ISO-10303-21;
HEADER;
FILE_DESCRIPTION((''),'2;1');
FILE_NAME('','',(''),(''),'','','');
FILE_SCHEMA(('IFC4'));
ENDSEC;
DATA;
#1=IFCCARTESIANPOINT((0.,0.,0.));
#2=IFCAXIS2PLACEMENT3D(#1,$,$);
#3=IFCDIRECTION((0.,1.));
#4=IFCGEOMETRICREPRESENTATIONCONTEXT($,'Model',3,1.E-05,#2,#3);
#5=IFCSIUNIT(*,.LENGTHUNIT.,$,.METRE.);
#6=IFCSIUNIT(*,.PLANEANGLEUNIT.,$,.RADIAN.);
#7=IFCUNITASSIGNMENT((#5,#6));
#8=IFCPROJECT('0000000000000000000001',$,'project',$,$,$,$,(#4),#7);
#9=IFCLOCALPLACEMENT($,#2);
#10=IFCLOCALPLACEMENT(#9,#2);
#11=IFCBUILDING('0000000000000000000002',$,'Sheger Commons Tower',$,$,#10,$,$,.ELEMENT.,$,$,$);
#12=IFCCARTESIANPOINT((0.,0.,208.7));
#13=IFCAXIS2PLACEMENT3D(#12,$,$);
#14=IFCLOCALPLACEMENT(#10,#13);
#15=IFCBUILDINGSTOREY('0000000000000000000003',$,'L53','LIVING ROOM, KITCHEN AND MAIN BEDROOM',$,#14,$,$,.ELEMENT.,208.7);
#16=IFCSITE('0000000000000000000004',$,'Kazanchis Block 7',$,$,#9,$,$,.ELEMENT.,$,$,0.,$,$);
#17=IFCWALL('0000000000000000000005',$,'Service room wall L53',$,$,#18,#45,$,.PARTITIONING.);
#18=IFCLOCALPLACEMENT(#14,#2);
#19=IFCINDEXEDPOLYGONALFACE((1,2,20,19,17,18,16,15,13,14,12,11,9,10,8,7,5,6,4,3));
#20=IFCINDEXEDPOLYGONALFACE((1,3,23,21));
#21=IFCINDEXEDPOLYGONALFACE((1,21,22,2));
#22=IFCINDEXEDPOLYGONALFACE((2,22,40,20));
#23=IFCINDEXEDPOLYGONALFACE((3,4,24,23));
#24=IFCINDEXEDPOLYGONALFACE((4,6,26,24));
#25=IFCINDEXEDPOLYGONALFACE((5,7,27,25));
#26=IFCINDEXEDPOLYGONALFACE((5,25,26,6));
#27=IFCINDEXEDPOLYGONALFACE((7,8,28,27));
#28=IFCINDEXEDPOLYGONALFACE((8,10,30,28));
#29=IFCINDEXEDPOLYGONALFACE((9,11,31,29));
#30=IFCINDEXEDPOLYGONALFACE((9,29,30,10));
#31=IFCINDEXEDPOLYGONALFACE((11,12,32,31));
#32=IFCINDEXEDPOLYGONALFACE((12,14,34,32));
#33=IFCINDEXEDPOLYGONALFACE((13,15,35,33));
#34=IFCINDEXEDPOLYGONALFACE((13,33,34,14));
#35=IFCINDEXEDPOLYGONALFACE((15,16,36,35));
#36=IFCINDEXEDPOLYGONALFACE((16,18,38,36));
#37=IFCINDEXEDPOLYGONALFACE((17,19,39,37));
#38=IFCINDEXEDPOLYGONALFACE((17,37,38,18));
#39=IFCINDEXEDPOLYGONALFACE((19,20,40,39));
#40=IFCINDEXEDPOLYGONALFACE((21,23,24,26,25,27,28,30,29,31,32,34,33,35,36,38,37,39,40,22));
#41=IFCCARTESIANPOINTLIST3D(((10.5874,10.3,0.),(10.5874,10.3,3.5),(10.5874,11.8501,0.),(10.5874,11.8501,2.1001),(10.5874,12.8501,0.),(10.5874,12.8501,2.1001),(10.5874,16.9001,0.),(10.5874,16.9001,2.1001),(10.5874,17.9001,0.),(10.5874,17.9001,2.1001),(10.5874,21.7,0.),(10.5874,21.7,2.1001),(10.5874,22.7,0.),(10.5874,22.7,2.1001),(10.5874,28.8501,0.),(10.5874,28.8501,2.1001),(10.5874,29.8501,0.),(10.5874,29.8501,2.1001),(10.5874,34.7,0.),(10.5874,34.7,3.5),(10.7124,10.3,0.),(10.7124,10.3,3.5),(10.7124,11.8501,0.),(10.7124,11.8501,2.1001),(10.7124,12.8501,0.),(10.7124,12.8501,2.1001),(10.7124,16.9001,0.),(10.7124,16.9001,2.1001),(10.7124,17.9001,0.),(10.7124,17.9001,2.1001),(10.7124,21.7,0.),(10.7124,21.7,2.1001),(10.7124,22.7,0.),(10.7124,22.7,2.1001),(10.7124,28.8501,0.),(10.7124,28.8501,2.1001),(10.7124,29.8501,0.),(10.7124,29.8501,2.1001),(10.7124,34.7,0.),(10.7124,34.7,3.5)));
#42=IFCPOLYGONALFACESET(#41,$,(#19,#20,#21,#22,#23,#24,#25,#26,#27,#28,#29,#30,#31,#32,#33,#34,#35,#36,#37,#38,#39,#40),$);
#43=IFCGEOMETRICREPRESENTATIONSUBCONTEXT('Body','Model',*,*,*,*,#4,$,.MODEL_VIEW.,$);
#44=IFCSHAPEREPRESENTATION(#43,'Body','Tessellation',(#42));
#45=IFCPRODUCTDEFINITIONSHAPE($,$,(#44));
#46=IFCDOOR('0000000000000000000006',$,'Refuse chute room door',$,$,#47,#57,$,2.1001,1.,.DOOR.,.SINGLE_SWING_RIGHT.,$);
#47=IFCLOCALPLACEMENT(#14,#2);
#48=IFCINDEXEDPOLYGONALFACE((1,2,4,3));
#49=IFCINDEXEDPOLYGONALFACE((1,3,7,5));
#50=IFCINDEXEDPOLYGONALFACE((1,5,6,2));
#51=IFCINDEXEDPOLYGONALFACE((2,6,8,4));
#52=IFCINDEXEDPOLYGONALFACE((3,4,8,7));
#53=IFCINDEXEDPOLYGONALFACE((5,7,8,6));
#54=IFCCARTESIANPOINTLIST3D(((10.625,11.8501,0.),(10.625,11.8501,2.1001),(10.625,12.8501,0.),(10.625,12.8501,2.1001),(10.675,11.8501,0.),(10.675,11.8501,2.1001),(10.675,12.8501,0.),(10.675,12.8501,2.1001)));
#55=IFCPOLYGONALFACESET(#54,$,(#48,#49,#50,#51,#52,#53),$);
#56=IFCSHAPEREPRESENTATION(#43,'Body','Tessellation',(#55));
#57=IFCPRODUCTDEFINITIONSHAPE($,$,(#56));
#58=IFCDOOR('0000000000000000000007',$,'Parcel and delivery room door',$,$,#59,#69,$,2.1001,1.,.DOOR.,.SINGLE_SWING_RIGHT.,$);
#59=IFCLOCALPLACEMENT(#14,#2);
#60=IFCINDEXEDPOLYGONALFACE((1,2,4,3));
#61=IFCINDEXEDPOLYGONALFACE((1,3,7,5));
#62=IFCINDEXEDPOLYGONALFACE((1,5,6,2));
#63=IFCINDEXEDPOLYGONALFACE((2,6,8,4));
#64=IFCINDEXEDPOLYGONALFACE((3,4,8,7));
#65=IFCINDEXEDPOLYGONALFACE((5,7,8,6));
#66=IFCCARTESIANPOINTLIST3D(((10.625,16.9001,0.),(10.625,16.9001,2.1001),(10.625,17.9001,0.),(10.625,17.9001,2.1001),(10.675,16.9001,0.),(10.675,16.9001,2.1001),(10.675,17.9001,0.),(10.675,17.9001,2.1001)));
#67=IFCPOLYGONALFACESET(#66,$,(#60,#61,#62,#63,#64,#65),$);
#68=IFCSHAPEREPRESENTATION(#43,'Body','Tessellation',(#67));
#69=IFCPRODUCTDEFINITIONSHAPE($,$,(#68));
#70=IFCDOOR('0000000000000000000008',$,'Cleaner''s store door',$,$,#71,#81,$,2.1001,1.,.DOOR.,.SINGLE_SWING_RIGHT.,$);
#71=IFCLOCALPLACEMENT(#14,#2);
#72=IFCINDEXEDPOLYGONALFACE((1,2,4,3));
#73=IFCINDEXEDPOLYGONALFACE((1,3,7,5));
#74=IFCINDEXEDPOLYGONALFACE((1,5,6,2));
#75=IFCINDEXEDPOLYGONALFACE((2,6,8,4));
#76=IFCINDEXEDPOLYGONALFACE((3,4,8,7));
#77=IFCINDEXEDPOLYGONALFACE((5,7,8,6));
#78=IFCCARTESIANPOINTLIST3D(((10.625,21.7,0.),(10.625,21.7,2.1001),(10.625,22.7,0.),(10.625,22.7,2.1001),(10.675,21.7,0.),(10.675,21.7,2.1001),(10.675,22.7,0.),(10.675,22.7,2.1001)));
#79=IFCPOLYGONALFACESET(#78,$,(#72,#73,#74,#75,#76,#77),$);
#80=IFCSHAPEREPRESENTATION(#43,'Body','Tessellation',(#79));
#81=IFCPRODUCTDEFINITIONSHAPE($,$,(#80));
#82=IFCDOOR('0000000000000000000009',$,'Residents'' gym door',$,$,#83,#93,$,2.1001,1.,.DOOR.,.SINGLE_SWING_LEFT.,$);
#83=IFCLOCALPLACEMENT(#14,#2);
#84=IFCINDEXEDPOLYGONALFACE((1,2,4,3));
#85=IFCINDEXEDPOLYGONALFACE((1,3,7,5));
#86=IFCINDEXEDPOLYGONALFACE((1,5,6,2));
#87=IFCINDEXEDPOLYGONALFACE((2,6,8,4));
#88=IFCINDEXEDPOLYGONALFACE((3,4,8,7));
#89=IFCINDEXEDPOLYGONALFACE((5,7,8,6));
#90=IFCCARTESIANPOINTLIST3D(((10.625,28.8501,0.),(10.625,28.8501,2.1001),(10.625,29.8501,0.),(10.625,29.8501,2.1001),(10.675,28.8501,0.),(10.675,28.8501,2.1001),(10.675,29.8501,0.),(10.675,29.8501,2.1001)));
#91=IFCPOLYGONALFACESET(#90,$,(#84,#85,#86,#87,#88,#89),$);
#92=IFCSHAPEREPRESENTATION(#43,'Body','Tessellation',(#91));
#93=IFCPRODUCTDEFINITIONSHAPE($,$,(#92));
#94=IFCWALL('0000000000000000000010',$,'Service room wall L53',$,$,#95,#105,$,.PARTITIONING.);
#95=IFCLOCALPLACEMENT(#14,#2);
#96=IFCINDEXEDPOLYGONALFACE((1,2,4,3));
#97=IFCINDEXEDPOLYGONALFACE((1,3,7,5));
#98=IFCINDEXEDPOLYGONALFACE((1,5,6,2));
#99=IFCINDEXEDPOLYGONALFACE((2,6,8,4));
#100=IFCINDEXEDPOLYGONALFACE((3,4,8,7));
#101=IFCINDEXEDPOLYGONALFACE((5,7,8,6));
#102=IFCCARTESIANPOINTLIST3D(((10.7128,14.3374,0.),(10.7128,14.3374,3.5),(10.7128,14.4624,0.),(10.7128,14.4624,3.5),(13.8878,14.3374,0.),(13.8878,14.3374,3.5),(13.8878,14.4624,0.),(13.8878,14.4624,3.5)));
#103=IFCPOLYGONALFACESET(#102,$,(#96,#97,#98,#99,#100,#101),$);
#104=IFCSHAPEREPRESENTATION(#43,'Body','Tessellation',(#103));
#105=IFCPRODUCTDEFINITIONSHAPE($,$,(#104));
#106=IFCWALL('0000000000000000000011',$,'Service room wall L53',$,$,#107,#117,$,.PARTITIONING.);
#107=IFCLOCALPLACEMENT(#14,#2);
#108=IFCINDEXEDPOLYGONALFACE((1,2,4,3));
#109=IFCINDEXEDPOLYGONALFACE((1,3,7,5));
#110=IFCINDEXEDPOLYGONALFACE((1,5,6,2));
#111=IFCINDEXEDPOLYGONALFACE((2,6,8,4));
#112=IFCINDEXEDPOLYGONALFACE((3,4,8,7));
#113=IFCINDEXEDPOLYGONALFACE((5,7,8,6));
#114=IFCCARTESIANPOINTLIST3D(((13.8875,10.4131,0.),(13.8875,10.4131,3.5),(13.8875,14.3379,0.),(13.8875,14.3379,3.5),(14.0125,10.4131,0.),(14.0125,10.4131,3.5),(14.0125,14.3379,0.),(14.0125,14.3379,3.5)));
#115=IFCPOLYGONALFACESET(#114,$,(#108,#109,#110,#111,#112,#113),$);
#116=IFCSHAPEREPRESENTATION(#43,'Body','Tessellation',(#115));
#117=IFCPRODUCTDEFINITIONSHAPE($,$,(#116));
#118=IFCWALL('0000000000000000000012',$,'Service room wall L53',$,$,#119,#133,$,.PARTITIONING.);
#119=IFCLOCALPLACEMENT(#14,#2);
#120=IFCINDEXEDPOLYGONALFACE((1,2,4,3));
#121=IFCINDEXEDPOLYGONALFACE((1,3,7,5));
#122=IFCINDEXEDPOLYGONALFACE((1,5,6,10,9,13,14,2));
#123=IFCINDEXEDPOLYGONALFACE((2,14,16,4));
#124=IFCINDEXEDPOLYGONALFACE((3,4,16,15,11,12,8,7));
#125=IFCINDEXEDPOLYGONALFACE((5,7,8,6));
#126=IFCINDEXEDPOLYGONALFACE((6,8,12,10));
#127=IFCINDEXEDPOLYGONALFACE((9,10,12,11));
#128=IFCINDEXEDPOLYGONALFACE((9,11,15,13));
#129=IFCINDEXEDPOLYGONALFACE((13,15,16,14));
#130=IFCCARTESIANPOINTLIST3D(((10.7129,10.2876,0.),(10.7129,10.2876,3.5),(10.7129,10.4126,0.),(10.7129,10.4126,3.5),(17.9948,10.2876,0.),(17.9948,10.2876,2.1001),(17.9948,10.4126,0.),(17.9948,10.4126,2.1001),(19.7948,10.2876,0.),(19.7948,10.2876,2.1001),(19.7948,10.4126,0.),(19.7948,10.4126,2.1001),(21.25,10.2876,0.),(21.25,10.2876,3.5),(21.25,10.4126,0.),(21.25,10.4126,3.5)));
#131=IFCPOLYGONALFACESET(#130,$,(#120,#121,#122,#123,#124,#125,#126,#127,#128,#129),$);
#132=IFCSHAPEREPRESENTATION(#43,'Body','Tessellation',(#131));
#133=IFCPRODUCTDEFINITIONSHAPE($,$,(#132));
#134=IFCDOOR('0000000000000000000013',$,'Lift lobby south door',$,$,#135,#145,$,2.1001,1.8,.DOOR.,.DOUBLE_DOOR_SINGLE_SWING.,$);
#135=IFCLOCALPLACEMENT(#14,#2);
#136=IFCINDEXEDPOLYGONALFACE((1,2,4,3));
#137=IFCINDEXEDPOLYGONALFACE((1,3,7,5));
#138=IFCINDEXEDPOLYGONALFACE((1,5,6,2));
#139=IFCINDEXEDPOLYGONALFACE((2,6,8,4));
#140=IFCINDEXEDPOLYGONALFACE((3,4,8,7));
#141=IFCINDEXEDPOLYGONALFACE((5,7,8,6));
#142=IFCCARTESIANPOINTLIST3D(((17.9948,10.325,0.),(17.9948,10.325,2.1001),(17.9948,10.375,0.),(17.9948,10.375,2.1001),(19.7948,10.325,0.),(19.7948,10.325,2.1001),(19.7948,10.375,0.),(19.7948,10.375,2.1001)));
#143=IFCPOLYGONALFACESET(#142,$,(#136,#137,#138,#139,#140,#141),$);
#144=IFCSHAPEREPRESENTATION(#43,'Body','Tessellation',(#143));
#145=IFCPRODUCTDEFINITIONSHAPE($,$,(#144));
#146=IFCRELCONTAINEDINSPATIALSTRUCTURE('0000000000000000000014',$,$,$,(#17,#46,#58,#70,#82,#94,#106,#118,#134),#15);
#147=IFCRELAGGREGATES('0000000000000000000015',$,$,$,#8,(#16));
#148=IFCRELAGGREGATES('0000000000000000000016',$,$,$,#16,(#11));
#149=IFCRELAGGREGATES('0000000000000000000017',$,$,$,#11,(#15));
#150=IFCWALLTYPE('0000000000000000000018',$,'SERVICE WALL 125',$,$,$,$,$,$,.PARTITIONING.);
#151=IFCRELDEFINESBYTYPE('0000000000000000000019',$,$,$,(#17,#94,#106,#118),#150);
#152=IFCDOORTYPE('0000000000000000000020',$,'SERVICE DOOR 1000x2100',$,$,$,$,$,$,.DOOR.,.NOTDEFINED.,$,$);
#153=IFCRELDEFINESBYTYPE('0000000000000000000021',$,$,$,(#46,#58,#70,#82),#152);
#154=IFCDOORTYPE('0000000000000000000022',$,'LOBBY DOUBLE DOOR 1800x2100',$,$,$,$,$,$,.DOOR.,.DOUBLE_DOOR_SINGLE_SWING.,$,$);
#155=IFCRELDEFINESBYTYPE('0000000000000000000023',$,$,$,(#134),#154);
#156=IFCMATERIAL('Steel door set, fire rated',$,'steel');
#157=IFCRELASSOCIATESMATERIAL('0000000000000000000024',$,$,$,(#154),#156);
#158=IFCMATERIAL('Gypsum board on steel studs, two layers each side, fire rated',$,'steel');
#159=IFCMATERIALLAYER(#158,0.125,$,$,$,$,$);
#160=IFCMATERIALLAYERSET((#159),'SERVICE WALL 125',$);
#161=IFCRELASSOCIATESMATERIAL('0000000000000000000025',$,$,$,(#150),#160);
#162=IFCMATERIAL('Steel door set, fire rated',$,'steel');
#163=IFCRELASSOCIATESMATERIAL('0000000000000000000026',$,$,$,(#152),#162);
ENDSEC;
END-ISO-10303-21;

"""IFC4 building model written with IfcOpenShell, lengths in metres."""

from ifc_helpers import new_model, si_unit, direction, frame, frame_2d, origin, place, context, subcontext, project, spatial, rectangle, extrude, material, layer, layer_set, type_object, element, fill, save


model = new_model("IFC4")

# Units and contexts
model_context = context("Model", 3, precision=1e-05, world=origin(), true_north=direction((0.0, 1.0)))
body_context = subcontext(model_context, "Body", "Model", "MODEL_VIEW")
ifc_project = project(units=[si_unit("LENGTHUNIT", "METRE"), si_unit("PLANEANGLEUNIT", "RADIAN")], contexts=[model_context])

# Site, building, storey
site_placement = place(None, origin())
site = spatial("IfcSite", under=ifc_project, at=site_placement, Name="Kazanchis Block 7", CompositionType="ELEMENT", RefElevation=0.0)
building_placement = place(site_placement, origin())
building = spatial("IfcBuilding", under=site, at=building_placement, Name="Sheger Commons Tower", CompositionType="ELEMENT")
storey_placement = place(building_placement, frame((0.0, 0.0, 208.7)))
storey = spatial("IfcBuildingStorey", under=building, at=storey_placement, Name="L53", Description="LIVING ROOM, KITCHEN AND MAIN BEDROOM", CompositionType="ELEMENT", Elevation=208.7)

# Shared definitions
ifc_material_1 = material(Name="Steel door set, fire rated", Category="steel")
door_type_1 = type_object("IfcDoorType", Name="LOBBY DOUBLE DOOR 1800x2100", OperationType="DOUBLE_DOOR_SINGLE_SWING", PredefinedType="DOOR", material=ifc_material_1)

# Wall, openings, doors
ifc_material_2 = material(Name="Gypsum board on steel studs, two layers each side, fire rated", Category="steel")
ifc_layer_1 = layer(ifc_material_2, 0.125)
ifc_layer_set_1 = layer_set([ifc_layer_1], Name="SERVICE WALL 125")
wall_type_1 = type_object("IfcWallType", Name="SERVICE WALL 125", PredefinedType="PARTITIONING", material=ifc_layer_set_1)
wall_1_placement = place(storey_placement, frame((10.6499, 10.3, 0.0), z_axis=(0.0, 0.0, 1.0), x_axis=(0.0, 1.0, 0.0)))
wall_1 = element("IfcWall", 1, at=wall_1_placement, inside=storey, type_object=wall_type_1, Name="Service room wall L53", PredefinedType="PARTITIONING", context=body_context, shape_type="SweptSolid", body=[
    extrude(rectangle(XDim=24.3999, YDim=0.125, at=frame_2d((12.2, 0.0))), origin(), (0.0, 0.0, 1.0), 3.5),
])
opening_1_placement = place(wall_1_placement, frame((1.55, 0.0, 0.0)))
opening_1 = element("IfcOpeningElement", 2, at=opening_1_placement, cuts=wall_1, PredefinedType="OPENING", context=body_context, shape_type="SweptSolid", body=[
    extrude(rectangle(XDim=1.0, YDim=2.1001, at=frame_2d((0.5, 1.05))), frame((0.0, 0.0725, 0.0), z_axis=(0.0, -1.0, 0.0), x_axis=(1.0, 0.0, 0.0)), (0.0, 0.0, 1.0), 0.145),
])
opening_2_placement = place(wall_1_placement, frame((6.6001, 0.0, 0.0)))
opening_2 = element("IfcOpeningElement", 3, at=opening_2_placement, cuts=wall_1, PredefinedType="OPENING", context=body_context, shape_type="SweptSolid", body=[
    extrude(rectangle(XDim=1.0, YDim=2.1001, at=frame_2d((0.5, 1.05))), frame((0.0, 0.0725, 0.0), z_axis=(0.0, -1.0, 0.0), x_axis=(1.0, 0.0, 0.0)), (0.0, 0.0, 1.0), 0.145),
])
opening_3_placement = place(wall_1_placement, frame((11.3999, 0.0, 0.0)))
opening_3 = element("IfcOpeningElement", 4, at=opening_3_placement, cuts=wall_1, PredefinedType="OPENING", context=body_context, shape_type="SweptSolid", body=[
    extrude(rectangle(XDim=1.0, YDim=2.1001, at=frame_2d((0.5, 1.05))), frame((0.0, 0.0725, 0.0), z_axis=(0.0, -1.0, 0.0), x_axis=(1.0, 0.0, 0.0)), (0.0, 0.0, 1.0), 0.145),
])
opening_4_placement = place(wall_1_placement, frame((18.55, 0.0, 0.0)))
opening_4 = element("IfcOpeningElement", 5, at=opening_4_placement, cuts=wall_1, PredefinedType="OPENING", context=body_context, shape_type="SweptSolid", body=[
    extrude(rectangle(XDim=1.0, YDim=2.1001, at=frame_2d((0.5, 1.05))), frame((0.0, 0.0725, 0.0), z_axis=(0.0, -1.0, 0.0), x_axis=(1.0, 0.0, 0.0)), (0.0, 0.0, 1.0), 0.145),
])
ifc_material_3 = material(Name="Steel door set, fire rated", Category="steel")
door_type_2 = type_object("IfcDoorType", Name="SERVICE DOOR 1000x2100", OperationType="NOTDEFINED", PredefinedType="DOOR", material=ifc_material_3)
door_1_placement = place(opening_1_placement, origin())
door_1 = element("IfcDoor", 6, at=door_1_placement, inside=storey, type_object=door_type_2, Name="Refuse chute room door", OperationType="SINGLE_SWING_RIGHT", OverallHeight=2.1001, OverallWidth=1.0, PredefinedType="DOOR", context=body_context, shape_type="SweptSolid", body=[
    extrude(rectangle(XDim=1.0, YDim=2.1001, at=frame_2d((0.5, 1.05))), frame((0.0, 0.0249, 0.0), z_axis=(0.0, -1.0, 0.0), x_axis=(1.0, 0.0, 0.0)), (0.0, 0.0, 1.0), 0.05),
])
fill(opening_1, door_1)
door_2_placement = place(opening_2_placement, origin())
door_2 = element("IfcDoor", 7, at=door_2_placement, inside=storey, type_object=door_type_2, Name="Parcel and delivery room door", OperationType="SINGLE_SWING_RIGHT", OverallHeight=2.1001, OverallWidth=1.0, PredefinedType="DOOR", context=body_context, shape_type="SweptSolid", body=[
    extrude(rectangle(XDim=1.0, YDim=2.1001, at=frame_2d((0.5, 1.05))), frame((0.0, 0.0249, 0.0), z_axis=(0.0, -1.0, 0.0), x_axis=(1.0, 0.0, 0.0)), (0.0, 0.0, 1.0), 0.05),
])
fill(opening_2, door_2)
door_3_placement = place(opening_3_placement, origin())
door_3 = element("IfcDoor", 8, at=door_3_placement, inside=storey, type_object=door_type_2, Name="Cleaner's store door", OperationType="SINGLE_SWING_RIGHT", OverallHeight=2.1001, OverallWidth=1.0, PredefinedType="DOOR", context=body_context, shape_type="SweptSolid", body=[
    extrude(rectangle(XDim=1.0, YDim=2.1001, at=frame_2d((0.5, 1.05))), frame((0.0, 0.0249, 0.0), z_axis=(0.0, -1.0, 0.0), x_axis=(1.0, 0.0, 0.0)), (0.0, 0.0, 1.0), 0.05),
])
fill(opening_3, door_3)
door_4_placement = place(opening_4_placement, origin())
door_4 = element("IfcDoor", 9, at=door_4_placement, inside=storey, type_object=door_type_2, Name="Residents' gym door", OperationType="SINGLE_SWING_LEFT", OverallHeight=2.1001, OverallWidth=1.0, PredefinedType="DOOR", context=body_context, shape_type="SweptSolid", body=[
    extrude(rectangle(XDim=1.0, YDim=2.1001, at=frame_2d((0.5, 1.05))), frame((0.0, 0.0249, 0.0), z_axis=(0.0, -1.0, 0.0), x_axis=(1.0, 0.0, 0.0)), (0.0, 0.0, 1.0), 0.05),
])
fill(opening_4, door_4)

# Walls
wall_2_placement = place(storey_placement, frame((10.7129, 14.3999, 0.0), z_axis=(0.0, 0.0, 1.0), x_axis=(1.0, 0.0, 0.0)))
element("IfcWall", 10, at=wall_2_placement, inside=storey, type_object=wall_type_1, Name="Service room wall L53", PredefinedType="PARTITIONING", context=body_context, shape_type="SweptSolid", body=[
    extrude(rectangle(XDim=3.175, YDim=0.125, at=frame_2d((1.5874, 0.0))), origin(), (0.0, 0.0, 1.0), 3.5),
])
wall_3_placement = place(storey_placement, frame((13.95, 10.4131, 0.0), z_axis=(0.0, 0.0, 1.0), x_axis=(0.0, 1.0, 0.0)))
element("IfcWall", 11, at=wall_3_placement, inside=storey, type_object=wall_type_1, Name="Service room wall L53", PredefinedType="PARTITIONING", context=body_context, shape_type="SweptSolid", body=[
    extrude(rectangle(XDim=3.9248, YDim=0.125, at=frame_2d((1.9624, 0.0))), origin(), (0.0, 0.0, 1.0), 3.5),
])

# Wall, opening, door
wall_4_placement = place(storey_placement, frame((10.7129, 10.3501, 0.0), z_axis=(0.0, 0.0, 1.0), x_axis=(1.0, 0.0, 0.0)))
wall_4 = element("IfcWall", 12, at=wall_4_placement, inside=storey, type_object=wall_type_1, Name="Service room wall L53", PredefinedType="PARTITIONING", context=body_context, shape_type="SweptSolid", body=[
    extrude(rectangle(XDim=10.5371, YDim=0.125, at=frame_2d((5.2686, 0.0))), origin(), (0.0, 0.0, 1.0), 3.5),
])
opening_5_placement = place(wall_4_placement, frame((7.282, 0.0, 0.0)))
opening_5 = element("IfcOpeningElement", 13, at=opening_5_placement, cuts=wall_4, PredefinedType="OPENING", context=body_context, shape_type="SweptSolid", body=[
    extrude(rectangle(XDim=1.8, YDim=2.1001, at=frame_2d((0.8999, 1.05))), frame((0.0, 0.0725, 0.0), z_axis=(0.0, -1.0, 0.0), x_axis=(1.0, 0.0, 0.0)), (0.0, 0.0, 1.0), 0.145),
])
door_5_placement = place(opening_5_placement, origin())
door_5 = element("IfcDoor", 14, at=door_5_placement, inside=storey, type_object=door_type_1, Name="Lift lobby south door", OperationType="DOUBLE_DOOR_SINGLE_SWING", OverallHeight=2.1001, OverallWidth=1.8, PredefinedType="DOOR", context=body_context, shape_type="SweptSolid", body=[
    extrude(rectangle(XDim=1.8, YDim=2.1001, at=frame_2d((0.8999, 1.05))), frame((0.0, 0.0249, 0.0), z_axis=(0.0, -1.0, 0.0), x_axis=(1.0, 0.0, 0.0)), (0.0, 0.0, 1.0), 0.05),
])
fill(opening_5, door_5)

save(model, "model.ifc")
